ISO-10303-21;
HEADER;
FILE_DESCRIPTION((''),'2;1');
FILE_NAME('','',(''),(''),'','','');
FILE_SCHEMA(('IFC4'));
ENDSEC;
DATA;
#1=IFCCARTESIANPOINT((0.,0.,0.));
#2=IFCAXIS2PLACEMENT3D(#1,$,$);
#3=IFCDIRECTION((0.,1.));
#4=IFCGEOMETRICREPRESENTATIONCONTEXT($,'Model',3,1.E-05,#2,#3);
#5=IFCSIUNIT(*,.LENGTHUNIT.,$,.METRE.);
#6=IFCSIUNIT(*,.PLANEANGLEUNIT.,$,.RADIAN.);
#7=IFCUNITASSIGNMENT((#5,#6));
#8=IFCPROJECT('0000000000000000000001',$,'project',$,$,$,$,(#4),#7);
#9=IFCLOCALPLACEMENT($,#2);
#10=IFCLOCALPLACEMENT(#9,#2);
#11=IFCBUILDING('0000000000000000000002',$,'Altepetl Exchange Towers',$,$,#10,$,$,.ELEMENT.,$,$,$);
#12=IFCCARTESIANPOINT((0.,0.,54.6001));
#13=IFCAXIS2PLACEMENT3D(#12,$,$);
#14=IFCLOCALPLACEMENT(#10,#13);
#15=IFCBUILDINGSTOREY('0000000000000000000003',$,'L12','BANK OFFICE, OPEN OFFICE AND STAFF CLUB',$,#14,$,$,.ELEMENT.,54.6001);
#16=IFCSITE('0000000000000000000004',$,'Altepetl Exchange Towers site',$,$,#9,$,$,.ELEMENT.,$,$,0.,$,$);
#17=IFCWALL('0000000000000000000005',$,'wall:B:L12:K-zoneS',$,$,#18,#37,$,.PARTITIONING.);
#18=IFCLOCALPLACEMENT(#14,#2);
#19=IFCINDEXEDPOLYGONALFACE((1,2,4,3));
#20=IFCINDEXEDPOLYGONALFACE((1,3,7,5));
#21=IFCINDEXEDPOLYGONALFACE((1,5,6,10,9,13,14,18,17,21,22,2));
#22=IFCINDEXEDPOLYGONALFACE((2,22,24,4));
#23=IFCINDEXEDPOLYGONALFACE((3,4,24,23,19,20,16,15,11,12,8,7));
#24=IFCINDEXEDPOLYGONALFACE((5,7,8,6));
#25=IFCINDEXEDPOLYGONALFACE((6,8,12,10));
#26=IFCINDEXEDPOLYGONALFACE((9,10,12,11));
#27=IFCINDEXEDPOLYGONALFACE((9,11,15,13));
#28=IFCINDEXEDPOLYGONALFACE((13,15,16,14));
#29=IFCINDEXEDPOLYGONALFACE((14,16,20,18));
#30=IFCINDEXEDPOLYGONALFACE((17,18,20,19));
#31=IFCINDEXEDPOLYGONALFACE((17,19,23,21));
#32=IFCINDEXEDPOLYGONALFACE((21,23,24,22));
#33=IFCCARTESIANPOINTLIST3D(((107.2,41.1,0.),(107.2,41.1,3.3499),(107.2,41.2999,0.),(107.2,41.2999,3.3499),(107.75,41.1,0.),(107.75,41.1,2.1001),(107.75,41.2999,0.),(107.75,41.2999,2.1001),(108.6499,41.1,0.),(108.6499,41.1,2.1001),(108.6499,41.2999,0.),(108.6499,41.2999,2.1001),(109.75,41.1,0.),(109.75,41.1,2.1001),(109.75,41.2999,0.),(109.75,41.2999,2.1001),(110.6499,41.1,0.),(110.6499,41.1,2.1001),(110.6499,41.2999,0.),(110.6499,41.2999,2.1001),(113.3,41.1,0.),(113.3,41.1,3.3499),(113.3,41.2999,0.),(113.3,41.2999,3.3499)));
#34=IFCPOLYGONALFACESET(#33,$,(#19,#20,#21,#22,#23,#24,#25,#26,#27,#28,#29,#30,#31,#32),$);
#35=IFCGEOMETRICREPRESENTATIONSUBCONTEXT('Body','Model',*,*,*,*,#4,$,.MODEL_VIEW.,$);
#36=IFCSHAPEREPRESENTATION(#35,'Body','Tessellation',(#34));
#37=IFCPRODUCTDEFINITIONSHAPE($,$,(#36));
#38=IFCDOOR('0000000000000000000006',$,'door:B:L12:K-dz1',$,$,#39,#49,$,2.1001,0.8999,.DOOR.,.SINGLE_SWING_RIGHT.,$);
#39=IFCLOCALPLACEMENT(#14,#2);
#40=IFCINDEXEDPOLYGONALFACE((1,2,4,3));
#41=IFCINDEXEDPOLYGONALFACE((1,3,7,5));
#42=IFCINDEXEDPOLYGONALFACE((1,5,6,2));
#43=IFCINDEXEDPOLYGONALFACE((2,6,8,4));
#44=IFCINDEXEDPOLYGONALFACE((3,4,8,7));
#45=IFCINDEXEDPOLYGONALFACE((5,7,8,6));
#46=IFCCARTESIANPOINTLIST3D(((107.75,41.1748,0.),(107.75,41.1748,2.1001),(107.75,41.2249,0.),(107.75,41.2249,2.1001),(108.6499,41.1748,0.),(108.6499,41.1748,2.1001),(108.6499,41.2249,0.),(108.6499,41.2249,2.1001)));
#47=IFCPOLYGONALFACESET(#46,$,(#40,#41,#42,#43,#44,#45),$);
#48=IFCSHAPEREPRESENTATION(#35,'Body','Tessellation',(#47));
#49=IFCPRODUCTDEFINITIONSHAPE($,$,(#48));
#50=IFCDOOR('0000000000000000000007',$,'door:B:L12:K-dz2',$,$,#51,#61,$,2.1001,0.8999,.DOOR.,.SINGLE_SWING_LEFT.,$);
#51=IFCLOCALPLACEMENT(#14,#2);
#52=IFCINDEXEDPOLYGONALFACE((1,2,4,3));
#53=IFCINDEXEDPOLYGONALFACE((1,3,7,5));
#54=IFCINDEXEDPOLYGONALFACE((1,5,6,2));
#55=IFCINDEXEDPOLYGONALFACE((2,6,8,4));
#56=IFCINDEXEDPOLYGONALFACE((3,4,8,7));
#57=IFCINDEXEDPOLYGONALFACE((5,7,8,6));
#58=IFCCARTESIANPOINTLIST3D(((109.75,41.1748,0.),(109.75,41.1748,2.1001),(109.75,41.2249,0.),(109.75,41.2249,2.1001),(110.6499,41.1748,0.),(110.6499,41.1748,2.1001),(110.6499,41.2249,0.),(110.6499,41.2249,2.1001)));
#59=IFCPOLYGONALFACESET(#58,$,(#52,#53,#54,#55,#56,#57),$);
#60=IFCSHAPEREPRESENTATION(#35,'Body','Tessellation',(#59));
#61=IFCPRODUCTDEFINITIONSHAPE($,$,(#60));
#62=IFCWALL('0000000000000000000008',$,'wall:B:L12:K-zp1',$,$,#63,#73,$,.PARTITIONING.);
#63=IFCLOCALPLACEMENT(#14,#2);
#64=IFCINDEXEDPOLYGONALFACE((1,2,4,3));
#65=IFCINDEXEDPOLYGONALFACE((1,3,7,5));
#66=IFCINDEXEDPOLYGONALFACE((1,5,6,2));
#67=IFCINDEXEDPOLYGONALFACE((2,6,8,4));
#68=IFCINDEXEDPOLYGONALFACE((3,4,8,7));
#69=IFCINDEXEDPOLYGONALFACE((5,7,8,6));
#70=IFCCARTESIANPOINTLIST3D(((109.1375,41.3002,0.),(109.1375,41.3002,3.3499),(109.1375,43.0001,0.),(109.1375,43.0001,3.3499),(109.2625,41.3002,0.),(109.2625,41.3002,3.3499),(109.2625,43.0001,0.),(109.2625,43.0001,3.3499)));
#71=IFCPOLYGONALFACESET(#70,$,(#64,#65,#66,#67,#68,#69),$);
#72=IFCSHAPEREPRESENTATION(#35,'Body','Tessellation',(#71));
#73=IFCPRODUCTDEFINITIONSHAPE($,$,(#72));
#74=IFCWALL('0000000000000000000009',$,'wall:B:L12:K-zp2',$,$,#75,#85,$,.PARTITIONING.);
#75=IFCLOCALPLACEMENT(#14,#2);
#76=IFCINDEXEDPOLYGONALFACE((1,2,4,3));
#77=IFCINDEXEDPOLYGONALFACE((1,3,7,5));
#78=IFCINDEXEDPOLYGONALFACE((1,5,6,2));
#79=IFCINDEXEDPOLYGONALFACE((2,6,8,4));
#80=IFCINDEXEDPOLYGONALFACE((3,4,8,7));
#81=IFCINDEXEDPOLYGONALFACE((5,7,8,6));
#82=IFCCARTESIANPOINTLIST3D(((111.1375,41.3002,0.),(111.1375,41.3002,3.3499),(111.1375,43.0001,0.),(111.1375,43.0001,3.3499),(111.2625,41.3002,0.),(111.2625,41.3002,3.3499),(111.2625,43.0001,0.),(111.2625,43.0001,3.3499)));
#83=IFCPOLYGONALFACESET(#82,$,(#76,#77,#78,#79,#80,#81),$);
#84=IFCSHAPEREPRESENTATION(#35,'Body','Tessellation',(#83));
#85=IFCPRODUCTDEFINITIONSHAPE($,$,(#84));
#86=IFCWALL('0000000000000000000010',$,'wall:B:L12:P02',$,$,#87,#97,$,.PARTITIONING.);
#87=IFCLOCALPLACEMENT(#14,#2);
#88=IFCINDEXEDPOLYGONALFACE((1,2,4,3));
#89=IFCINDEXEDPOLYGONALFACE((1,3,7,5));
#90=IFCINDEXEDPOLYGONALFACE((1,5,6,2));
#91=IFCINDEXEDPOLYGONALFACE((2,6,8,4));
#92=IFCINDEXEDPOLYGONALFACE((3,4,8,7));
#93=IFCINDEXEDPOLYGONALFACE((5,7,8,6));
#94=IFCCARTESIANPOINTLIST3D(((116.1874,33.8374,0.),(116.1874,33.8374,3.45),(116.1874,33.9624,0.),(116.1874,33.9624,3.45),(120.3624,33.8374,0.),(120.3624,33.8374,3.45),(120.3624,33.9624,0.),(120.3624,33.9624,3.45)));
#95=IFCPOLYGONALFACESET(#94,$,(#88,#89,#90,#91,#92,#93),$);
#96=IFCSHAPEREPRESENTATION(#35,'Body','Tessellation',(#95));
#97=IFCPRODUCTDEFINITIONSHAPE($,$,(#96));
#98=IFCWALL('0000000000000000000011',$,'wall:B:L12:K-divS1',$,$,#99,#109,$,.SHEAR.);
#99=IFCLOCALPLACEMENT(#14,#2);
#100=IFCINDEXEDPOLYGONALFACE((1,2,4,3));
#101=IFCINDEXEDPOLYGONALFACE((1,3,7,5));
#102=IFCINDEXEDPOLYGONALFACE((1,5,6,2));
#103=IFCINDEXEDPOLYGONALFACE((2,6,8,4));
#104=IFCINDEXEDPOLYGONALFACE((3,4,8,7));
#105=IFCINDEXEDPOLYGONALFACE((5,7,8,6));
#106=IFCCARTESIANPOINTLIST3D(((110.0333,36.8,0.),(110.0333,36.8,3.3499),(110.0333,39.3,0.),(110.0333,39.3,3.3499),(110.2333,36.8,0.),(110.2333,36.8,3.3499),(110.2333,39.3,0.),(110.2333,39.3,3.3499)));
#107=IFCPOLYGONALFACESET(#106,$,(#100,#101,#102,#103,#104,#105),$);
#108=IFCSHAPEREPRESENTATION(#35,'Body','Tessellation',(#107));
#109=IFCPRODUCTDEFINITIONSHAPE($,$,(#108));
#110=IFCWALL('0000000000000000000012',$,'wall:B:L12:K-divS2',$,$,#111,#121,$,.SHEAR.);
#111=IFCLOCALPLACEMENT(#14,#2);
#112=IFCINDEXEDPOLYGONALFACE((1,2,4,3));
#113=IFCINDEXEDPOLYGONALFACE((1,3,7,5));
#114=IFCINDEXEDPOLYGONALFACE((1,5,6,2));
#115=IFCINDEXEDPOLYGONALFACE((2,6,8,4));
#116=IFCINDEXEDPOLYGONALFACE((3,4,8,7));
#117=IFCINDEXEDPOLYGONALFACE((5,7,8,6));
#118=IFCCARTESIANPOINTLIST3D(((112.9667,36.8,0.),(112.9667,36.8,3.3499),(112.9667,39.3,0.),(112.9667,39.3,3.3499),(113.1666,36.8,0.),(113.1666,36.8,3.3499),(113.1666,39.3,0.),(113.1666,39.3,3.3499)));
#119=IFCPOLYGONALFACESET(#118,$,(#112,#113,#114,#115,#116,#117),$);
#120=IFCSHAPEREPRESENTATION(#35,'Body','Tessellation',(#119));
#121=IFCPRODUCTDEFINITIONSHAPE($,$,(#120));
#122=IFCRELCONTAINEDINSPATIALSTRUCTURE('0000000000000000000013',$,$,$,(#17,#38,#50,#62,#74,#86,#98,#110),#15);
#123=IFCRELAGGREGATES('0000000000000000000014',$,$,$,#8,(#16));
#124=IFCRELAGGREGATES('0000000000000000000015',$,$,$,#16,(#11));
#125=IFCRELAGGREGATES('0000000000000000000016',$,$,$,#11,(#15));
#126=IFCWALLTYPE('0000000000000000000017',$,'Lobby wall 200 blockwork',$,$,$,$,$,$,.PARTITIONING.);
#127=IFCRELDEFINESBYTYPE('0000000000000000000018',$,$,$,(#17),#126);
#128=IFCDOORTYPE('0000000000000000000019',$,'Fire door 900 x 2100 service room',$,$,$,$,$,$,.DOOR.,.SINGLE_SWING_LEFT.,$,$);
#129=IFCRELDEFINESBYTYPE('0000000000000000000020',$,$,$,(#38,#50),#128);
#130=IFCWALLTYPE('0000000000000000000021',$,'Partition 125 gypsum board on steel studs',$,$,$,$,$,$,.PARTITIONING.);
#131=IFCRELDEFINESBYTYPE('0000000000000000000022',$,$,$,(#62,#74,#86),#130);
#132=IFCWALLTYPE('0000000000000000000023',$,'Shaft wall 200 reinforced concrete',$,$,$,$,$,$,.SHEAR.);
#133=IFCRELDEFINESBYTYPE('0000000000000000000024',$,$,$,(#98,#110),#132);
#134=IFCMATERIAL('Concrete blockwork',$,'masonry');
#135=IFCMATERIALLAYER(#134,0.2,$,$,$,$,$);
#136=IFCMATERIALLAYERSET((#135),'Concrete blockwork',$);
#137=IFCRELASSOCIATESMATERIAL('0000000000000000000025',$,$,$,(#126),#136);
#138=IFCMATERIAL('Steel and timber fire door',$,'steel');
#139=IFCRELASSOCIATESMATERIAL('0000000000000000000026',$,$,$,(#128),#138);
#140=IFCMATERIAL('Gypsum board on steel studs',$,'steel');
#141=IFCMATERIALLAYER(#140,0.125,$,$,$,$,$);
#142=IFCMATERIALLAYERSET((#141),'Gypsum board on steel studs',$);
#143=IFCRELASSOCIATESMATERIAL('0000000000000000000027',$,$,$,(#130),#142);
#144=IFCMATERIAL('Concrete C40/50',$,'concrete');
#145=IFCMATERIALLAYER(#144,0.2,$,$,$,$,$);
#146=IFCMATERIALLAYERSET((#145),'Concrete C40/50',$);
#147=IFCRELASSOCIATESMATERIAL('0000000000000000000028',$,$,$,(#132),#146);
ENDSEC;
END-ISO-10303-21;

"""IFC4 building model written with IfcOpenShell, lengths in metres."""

from ifc_helpers import new_model, si_unit, direction, frame, frame_2d, origin, place, context, subcontext, project, spatial, rectangle, extrude, material, layer, layer_set, type_object, element, fill, save


model = new_model("IFC4")

# Units and contexts
model_context = context("Model", 3, precision=1e-05, world=origin(), true_north=direction((0.0, 1.0)))
body_context = subcontext(model_context, "Body", "Model", "MODEL_VIEW")
ifc_project = project(units=[si_unit("LENGTHUNIT", "METRE"), si_unit("PLANEANGLEUNIT", "RADIAN")], contexts=[model_context])

# Site, building, storey
site_placement = place(None, origin())
site = spatial("IfcSite", under=ifc_project, at=site_placement, Name="Altepetl Exchange Towers site", CompositionType="ELEMENT", RefElevation=0.0)
building_placement = place(site_placement, origin())
building = spatial("IfcBuilding", under=site, at=building_placement, Name="Altepetl Exchange Towers", CompositionType="ELEMENT")
storey_placement = place(building_placement, frame((0.0, 0.0, 54.6001)))
storey = spatial("IfcBuildingStorey", under=building, at=storey_placement, Name="L12", Description="BANK OFFICE, OPEN OFFICE AND STAFF CLUB", CompositionType="ELEMENT", Elevation=54.6001)

# Shared definitions
ifc_material_1 = material(Name="Steel and timber fire door", Category="steel")

# Wall, openings, doors
ifc_material_2 = material(Name="Concrete blockwork", Category="masonry")
ifc_layer_1 = layer(ifc_material_2, 0.2)
ifc_layer_set_1 = layer_set([ifc_layer_1], Name="Concrete blockwork")
wall_type_1 = type_object("IfcWallType", Name="Lobby wall 200 blockwork", PredefinedType="PARTITIONING", material=ifc_layer_set_1)
wall_1_placement = place(storey_placement, frame((107.2, 41.2, 0.0)))
wall_1 = element("IfcWall", 1, at=wall_1_placement, inside=storey, type_object=wall_type_1, Name="wall:B:L12:K-zoneS", PredefinedType="PARTITIONING", context=body_context, shape_type="SweptSolid", body=[
    extrude(rectangle(XDim=6.1001, YDim=0.2, at=frame_2d((3.05, 0.0))), origin(), (0.0, 0.0, 1.0), 3.3499),
])
opening_1_placement = place(wall_1_placement, frame((0.55, 0.0, 0.0)))
opening_1 = element("IfcOpeningElement", 2, at=opening_1_placement, cuts=wall_1, PredefinedType="OPENING", context=body_context, shape_type="SweptSolid", body=[
    extrude(rectangle(XDim=0.8999, YDim=2.1001, at=frame_2d((0.45, 1.05))), frame((0.0, 0.1099, 0.0), z_axis=(0.0, -1.0, 0.0), x_axis=(1.0, 0.0, 0.0)), (0.0, 0.0, 1.0), 0.22),
])
opening_2_placement = place(wall_1_placement, frame((2.55, 0.0, 0.0)))
opening_2 = element("IfcOpeningElement", 3, at=opening_2_placement, cuts=wall_1, PredefinedType="OPENING", context=body_context, shape_type="SweptSolid", body=[
    extrude(rectangle(XDim=0.8999, YDim=2.1001, at=frame_2d((0.45, 1.05))), frame((0.0, 0.1099, 0.0), z_axis=(0.0, -1.0, 0.0), x_axis=(1.0, 0.0, 0.0)), (0.0, 0.0, 1.0), 0.22),
])
door_type_1 = type_object("IfcDoorType", Name="Fire door 900 x 2100 service room", OperationType="SINGLE_SWING_LEFT", PredefinedType="DOOR", material=ifc_material_1)
door_1_placement = place(opening_1_placement, origin())
door_1 = element("IfcDoor", 4, at=door_1_placement, inside=storey, type_object=door_type_1, Name="door:B:L12:K-dz1", OperationType="SINGLE_SWING_RIGHT", OverallHeight=2.1001, OverallWidth=0.8999, PredefinedType="DOOR", context=body_context, shape_type="SweptSolid", body=[
    extrude(rectangle(XDim=0.8999, YDim=2.1001, at=frame_2d((0.45, 1.05))), frame((0.0, 0.0249, 0.0), z_axis=(0.0, -1.0, 0.0), x_axis=(1.0, 0.0, 0.0)), (0.0, 0.0, 1.0), 0.05),
])
fill(opening_1, door_1)
door_2_placement = place(opening_2_placement, origin())
door_2 = element("IfcDoor", 5, at=door_2_placement, inside=storey, type_object=door_type_1, Name="door:B:L12:K-dz2", OperationType="SINGLE_SWING_LEFT", OverallHeight=2.1001, OverallWidth=0.8999, PredefinedType="DOOR", context=body_context, shape_type="SweptSolid", body=[
    extrude(rectangle(XDim=0.8999, YDim=2.1001, at=frame_2d((0.45, 1.05))), frame((0.0, 0.0249, 0.0), z_axis=(0.0, -1.0, 0.0), x_axis=(1.0, 0.0, 0.0)), (0.0, 0.0, 1.0), 0.05),
])
fill(opening_2, door_2)

# Walls
ifc_material_3 = material(Name="Gypsum board on steel studs", Category="steel")
ifc_layer_2 = layer(ifc_material_3, 0.125)
ifc_layer_set_2 = layer_set([ifc_layer_2], Name="Gypsum board on steel studs")
wall_type_2 = type_object("IfcWallType", Name="Partition 125 gypsum board on steel studs", PredefinedType="PARTITIONING", material=ifc_layer_set_2)
for number, where, z_axis, x_axis, name in (
    (6, (109.2, 41.3, 0.0), (0.0, 0.0, 1.0), (0.0, 1.0, 0.0), "wall:B:L12:K-zp1"),
    (7, (111.2, 41.3, 0.0), (0.0, 0.0, 1.0), (0.0, 1.0, 0.0), "wall:B:L12:K-zp2"),
):
    element("IfcWall", number, at=place(storey_placement, frame(where, z_axis=z_axis, x_axis=x_axis)), inside=storey, type_object=wall_type_2, Name=name, PredefinedType="PARTITIONING", context=body_context, shape_type="SweptSolid", body=[
        extrude(rectangle(XDim=1.7, YDim=0.125, at=frame_2d((0.8501, 0.0))), origin(), (0.0, 0.0, 1.0), 3.3499),
    ])
wall_2_placement = place(storey_placement, frame((116.1875, 33.8999, 0.0)))
element("IfcWall", 8, at=wall_2_placement, inside=storey, type_object=wall_type_2, Name="wall:B:L12:P02", PredefinedType="PARTITIONING", context=body_context, shape_type="SweptSolid", body=[
    extrude(rectangle(XDim=4.175, YDim=0.125, at=frame_2d((2.0874, 0.0))), origin(), (0.0, 0.0, 1.0), 3.45),
])
ifc_material_4 = material(Name="Concrete C40/50", Category="concrete")
ifc_layer_3 = layer(ifc_material_4, 0.2)
ifc_layer_set_3 = layer_set([ifc_layer_3], Name="Concrete C40/50")
wall_type_3 = type_object("IfcWallType", Name="Shaft wall 200 reinforced concrete", PredefinedType="SHEAR", material=ifc_layer_set_3)
for number, where, z_axis, x_axis, name in (
    (9, (110.1333, 36.8, 0.0), (0.0, 0.0, 1.0), (0.0, 1.0, 0.0), "wall:B:L12:K-divS1"),
    (10, (113.0667, 36.8, 0.0), (0.0, 0.0, 1.0), (0.0, 1.0, 0.0), "wall:B:L12:K-divS2"),
):
    element("IfcWall", number, at=place(storey_placement, frame(where, z_axis=z_axis, x_axis=x_axis)), inside=storey, type_object=wall_type_3, Name=name, PredefinedType="SHEAR", context=body_context, shape_type="SweptSolid", body=[
        extrude(rectangle(XDim=2.5, YDim=0.2, at=frame_2d((1.25, 0.0))), origin(), (0.0, 0.0, 1.0), 3.3499),
    ])

save(model, "model.ifc")
